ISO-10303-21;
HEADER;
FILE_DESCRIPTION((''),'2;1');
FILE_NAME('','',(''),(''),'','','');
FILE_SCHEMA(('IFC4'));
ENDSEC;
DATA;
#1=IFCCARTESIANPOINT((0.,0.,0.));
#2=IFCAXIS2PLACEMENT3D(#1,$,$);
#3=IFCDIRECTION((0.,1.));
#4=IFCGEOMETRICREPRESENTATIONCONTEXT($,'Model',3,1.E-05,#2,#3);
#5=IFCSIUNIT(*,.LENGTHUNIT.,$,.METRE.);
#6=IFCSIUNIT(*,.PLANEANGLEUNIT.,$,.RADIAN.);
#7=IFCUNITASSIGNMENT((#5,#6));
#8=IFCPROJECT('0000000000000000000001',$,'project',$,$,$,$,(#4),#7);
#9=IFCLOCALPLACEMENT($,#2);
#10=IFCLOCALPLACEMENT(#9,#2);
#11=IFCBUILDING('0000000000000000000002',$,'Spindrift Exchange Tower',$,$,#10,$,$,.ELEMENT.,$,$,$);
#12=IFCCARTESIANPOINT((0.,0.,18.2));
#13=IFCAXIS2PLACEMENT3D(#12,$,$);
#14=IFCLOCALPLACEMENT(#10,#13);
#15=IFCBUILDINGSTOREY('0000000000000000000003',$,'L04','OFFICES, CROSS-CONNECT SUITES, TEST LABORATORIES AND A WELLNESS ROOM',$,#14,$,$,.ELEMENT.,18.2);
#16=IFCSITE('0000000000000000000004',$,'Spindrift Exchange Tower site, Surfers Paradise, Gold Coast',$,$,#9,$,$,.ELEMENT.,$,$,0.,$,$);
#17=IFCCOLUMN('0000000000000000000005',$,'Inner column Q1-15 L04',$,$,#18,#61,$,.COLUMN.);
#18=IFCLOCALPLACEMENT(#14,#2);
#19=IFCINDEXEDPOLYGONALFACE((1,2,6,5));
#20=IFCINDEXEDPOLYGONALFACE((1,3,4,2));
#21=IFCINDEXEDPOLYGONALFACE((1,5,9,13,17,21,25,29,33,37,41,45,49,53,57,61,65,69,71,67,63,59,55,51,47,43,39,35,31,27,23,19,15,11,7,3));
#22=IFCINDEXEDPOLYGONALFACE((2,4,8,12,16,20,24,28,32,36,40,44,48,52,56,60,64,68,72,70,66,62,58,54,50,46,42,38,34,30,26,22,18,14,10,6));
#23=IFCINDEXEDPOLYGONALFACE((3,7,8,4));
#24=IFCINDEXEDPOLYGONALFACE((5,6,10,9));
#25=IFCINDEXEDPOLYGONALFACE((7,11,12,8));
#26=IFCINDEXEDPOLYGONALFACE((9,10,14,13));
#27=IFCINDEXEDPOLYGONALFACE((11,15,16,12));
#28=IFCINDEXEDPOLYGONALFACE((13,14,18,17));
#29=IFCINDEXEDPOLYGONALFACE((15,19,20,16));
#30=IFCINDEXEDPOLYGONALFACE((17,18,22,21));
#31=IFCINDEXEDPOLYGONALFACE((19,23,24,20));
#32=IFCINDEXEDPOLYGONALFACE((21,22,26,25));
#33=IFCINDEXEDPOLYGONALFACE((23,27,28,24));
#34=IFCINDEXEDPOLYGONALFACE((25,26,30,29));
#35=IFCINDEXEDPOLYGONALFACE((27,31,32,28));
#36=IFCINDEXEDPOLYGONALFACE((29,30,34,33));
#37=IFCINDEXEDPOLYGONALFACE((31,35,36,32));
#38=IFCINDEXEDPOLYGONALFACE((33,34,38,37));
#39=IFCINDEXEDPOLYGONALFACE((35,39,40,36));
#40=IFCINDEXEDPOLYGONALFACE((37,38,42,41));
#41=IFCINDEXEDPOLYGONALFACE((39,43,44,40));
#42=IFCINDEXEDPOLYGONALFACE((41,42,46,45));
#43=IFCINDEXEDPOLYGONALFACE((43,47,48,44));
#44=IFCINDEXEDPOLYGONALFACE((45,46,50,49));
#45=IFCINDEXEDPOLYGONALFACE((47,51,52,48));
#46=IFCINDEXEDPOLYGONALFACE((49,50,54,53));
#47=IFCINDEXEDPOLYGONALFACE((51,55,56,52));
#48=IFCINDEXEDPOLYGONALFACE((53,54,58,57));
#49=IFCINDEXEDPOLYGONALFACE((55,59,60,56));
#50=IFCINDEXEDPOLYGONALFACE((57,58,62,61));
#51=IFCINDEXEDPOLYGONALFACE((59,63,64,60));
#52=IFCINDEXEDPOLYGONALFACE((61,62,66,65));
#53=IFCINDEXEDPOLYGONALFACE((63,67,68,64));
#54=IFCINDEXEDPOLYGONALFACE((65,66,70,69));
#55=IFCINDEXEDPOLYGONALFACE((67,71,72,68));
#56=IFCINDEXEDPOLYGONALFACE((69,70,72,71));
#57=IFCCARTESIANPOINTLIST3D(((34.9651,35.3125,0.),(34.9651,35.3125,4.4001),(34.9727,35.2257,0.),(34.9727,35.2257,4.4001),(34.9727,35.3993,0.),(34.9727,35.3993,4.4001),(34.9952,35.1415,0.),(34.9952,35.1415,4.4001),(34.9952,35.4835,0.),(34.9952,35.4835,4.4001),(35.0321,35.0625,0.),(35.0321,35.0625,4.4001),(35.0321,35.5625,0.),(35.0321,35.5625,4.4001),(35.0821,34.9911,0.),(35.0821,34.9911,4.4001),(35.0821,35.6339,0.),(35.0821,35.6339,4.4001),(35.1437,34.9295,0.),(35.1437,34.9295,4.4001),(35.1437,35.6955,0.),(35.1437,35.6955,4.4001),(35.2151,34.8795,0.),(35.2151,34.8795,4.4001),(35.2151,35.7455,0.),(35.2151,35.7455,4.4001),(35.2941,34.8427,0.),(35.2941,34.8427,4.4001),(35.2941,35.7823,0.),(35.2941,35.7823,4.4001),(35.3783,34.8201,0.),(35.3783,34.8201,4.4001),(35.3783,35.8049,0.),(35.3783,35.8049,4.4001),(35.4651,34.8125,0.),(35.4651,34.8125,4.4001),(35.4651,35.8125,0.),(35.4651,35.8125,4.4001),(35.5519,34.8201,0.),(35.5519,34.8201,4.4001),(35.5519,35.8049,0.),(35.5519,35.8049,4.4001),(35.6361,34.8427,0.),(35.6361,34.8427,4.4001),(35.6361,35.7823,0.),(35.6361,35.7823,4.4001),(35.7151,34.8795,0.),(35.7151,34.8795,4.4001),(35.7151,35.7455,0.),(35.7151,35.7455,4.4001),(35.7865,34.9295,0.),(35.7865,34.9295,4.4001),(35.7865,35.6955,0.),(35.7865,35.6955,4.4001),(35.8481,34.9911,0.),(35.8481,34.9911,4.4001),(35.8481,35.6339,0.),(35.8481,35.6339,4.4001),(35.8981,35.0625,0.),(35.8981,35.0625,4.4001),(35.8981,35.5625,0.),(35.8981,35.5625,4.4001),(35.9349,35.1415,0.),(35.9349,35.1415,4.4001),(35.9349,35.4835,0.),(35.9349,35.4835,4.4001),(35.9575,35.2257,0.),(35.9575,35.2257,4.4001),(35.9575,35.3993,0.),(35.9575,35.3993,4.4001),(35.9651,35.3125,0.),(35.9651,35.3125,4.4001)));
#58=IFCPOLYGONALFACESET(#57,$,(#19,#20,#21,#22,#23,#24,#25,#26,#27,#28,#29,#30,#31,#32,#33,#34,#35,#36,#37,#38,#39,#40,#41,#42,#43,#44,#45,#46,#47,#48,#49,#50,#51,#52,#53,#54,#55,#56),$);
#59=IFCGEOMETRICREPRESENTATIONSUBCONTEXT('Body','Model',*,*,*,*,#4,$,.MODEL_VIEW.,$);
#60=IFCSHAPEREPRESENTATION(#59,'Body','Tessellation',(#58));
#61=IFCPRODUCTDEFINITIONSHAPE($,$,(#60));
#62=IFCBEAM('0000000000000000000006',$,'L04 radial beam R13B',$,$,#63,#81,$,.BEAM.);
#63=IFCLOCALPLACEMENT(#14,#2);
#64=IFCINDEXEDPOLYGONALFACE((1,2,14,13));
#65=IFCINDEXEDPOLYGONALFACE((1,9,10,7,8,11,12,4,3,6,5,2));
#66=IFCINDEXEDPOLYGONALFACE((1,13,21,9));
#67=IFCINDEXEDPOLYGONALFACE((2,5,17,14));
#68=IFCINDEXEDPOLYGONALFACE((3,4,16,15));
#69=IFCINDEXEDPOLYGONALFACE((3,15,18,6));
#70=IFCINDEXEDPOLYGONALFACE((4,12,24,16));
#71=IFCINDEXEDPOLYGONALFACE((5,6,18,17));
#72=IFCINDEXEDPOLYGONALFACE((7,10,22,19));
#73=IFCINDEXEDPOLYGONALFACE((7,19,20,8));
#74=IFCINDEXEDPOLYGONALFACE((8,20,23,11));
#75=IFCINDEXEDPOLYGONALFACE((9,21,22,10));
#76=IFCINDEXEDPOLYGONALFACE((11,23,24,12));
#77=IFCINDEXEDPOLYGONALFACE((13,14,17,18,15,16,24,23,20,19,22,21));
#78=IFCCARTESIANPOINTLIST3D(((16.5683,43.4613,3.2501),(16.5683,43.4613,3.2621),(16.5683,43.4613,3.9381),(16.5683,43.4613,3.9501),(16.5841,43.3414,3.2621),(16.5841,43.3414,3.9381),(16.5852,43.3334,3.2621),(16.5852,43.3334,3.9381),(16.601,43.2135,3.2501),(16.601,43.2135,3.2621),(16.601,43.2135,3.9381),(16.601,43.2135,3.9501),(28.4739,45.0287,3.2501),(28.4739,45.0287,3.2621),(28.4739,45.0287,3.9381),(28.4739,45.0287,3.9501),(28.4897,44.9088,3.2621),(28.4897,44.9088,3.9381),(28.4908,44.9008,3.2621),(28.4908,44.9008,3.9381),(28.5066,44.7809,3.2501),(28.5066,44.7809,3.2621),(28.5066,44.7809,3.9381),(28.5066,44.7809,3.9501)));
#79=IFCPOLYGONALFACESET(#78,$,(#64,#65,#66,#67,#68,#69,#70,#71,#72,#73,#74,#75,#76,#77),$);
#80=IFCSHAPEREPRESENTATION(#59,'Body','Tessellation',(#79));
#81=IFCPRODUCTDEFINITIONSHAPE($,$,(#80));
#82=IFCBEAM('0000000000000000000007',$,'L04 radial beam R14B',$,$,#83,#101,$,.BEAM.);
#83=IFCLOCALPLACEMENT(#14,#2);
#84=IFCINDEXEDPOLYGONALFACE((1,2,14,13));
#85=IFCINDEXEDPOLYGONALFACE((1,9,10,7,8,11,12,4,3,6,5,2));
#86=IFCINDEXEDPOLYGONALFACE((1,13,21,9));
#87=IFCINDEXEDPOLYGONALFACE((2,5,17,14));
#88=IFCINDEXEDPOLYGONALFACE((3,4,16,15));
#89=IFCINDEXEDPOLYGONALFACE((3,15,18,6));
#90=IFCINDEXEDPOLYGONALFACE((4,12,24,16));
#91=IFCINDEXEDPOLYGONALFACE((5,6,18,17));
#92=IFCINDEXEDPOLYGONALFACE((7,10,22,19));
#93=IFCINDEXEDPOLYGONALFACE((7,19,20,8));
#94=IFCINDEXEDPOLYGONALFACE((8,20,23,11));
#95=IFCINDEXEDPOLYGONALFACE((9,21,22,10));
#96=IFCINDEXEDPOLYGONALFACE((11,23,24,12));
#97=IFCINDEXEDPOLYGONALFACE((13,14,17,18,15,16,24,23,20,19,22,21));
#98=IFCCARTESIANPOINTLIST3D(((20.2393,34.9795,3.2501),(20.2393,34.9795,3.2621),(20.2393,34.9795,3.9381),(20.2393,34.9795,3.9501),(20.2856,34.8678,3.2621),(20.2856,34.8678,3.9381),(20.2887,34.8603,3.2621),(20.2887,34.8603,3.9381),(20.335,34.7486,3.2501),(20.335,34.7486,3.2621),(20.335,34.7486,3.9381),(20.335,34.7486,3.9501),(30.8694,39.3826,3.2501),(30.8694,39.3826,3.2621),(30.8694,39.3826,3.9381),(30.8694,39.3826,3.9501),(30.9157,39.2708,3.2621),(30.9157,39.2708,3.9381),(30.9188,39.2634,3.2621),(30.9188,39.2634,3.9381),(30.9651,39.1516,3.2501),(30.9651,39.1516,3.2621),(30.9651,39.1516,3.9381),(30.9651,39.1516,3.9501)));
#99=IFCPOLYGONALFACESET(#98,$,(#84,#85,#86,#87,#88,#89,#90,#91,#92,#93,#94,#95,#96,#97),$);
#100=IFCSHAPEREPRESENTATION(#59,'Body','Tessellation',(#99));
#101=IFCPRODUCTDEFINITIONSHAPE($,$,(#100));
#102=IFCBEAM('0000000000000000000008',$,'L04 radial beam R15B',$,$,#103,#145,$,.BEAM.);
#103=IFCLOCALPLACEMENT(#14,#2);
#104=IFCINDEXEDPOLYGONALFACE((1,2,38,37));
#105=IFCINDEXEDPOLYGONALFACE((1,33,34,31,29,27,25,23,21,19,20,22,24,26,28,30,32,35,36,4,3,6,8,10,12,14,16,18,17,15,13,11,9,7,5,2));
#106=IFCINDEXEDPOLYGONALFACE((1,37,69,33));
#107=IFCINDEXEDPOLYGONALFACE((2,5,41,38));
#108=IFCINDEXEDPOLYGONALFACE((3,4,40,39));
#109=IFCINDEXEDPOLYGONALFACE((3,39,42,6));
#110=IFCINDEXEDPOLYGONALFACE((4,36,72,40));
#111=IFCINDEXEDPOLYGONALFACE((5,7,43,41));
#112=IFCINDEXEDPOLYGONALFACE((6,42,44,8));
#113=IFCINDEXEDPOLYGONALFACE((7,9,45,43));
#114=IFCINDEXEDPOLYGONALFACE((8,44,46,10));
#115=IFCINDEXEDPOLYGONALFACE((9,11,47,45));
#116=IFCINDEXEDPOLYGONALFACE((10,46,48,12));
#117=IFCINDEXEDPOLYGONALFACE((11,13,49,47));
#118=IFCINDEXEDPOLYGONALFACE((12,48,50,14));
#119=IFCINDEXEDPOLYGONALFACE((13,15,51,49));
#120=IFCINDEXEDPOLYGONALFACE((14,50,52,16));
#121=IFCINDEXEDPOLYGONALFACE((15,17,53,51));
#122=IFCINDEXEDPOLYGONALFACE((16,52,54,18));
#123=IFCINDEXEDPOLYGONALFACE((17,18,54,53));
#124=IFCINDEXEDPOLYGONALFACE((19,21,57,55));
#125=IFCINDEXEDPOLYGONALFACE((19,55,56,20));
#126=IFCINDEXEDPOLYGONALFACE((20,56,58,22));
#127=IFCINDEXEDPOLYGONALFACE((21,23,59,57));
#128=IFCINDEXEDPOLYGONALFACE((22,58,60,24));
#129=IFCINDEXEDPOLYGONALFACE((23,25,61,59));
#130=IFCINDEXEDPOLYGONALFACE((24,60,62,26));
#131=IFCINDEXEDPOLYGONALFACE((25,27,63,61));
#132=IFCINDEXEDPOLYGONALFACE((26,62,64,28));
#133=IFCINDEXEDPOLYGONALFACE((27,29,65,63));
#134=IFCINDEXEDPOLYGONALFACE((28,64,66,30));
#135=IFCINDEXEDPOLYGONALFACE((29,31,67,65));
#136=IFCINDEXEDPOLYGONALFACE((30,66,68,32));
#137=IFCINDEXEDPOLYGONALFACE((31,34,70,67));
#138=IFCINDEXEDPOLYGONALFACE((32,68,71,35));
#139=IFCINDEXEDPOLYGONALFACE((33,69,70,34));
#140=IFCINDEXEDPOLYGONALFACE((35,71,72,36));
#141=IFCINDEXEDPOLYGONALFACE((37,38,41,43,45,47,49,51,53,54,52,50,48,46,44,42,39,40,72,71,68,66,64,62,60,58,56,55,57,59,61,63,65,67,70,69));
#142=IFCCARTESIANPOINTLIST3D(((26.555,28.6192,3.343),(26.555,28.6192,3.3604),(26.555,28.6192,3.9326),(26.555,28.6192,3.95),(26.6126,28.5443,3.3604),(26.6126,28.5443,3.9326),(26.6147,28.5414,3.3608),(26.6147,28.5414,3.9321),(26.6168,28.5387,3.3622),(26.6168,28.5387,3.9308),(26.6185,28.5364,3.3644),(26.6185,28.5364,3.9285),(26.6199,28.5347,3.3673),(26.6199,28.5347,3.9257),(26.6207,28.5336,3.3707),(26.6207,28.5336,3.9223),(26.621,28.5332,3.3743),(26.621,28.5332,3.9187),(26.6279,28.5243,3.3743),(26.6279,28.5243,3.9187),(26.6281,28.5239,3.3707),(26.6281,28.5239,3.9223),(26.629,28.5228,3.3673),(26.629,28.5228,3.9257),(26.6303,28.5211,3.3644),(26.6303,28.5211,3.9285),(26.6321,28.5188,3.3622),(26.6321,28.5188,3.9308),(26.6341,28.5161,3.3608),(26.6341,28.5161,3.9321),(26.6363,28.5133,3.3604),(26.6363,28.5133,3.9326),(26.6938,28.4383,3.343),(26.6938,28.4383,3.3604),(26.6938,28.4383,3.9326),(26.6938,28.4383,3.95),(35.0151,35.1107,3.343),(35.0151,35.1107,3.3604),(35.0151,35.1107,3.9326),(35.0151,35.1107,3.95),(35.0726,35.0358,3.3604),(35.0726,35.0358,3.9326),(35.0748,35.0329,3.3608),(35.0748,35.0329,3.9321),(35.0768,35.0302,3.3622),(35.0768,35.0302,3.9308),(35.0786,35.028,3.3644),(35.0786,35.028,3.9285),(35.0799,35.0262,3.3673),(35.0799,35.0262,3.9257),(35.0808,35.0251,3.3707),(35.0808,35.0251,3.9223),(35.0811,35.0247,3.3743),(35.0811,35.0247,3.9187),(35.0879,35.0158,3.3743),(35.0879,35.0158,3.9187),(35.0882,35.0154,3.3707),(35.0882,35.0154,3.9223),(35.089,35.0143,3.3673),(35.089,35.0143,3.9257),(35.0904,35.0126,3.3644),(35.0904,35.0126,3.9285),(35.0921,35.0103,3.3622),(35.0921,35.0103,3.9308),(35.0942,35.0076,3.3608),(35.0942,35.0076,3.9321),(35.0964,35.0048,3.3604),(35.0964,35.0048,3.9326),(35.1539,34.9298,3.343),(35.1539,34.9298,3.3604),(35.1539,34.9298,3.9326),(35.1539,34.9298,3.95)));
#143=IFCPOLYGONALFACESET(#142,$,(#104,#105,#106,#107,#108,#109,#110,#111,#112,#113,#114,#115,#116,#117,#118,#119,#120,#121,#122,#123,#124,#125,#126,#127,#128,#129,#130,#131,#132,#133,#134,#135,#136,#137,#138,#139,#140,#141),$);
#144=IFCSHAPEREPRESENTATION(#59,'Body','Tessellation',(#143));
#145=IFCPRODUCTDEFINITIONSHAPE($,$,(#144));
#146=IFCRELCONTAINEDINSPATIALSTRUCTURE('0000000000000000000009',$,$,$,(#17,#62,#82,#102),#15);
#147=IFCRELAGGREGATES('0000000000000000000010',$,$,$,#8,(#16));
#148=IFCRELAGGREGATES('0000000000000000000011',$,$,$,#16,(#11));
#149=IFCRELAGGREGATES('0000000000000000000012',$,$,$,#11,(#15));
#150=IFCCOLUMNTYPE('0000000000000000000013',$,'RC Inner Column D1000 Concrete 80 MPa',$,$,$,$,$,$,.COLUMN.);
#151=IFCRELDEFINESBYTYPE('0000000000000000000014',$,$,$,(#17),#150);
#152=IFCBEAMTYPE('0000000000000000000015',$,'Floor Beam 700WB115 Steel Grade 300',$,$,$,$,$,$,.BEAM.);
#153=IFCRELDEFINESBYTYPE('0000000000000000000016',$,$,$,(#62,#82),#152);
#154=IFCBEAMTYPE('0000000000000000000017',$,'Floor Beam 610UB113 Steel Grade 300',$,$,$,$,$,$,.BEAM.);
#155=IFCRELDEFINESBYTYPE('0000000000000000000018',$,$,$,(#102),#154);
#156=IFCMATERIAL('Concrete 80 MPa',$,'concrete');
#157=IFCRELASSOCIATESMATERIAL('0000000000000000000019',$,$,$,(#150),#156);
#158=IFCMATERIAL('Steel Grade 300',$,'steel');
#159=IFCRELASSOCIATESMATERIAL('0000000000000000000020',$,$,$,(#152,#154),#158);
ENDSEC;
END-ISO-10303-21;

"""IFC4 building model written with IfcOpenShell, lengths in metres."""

from ifc_helpers import new_model, si_unit, direction, frame, origin, origin_2d, place, context, subcontext, project, spatial, circle, i_section, extrude, source, transform, mapped, material, material_profile, profile_set, type_object, element, save


model = new_model("IFC4")

# Units and contexts
model_context = context("Model", 3, precision=1e-05, world=origin(), true_north=direction((0.0, 1.0)))
body_context = subcontext(model_context, "Body", "Model", "MODEL_VIEW")
ifc_project = project(units=[si_unit("LENGTHUNIT", "METRE"), si_unit("PLANEANGLEUNIT", "RADIAN")], contexts=[model_context])

# Site, building, storey
site_placement = place(None, origin())
site = spatial("IfcSite", under=ifc_project, at=site_placement, Name="Spindrift Exchange Tower site, Surfers Paradise, Gold Coast", CompositionType="ELEMENT", RefElevation=0.0)
building_placement = place(site_placement, origin())
building = spatial("IfcBuilding", under=site, at=building_placement, Name="Spindrift Exchange Tower", CompositionType="ELEMENT")
storey_placement = place(building_placement, frame((0.0, 0.0, 18.2)))
storey = spatial("IfcBuildingStorey", under=building, at=storey_placement, Name="L04", Description="OFFICES, CROSS-CONNECT SUITES, TEST LABORATORIES AND A WELLNESS ROOM", CompositionType="ELEMENT", Elevation=18.2)

# Column
ifc_material_1 = material(Name="Concrete 80 MPa", Category="concrete")
ifc_material_profile_1 = material_profile(ifc_material_1, circle(Radius=0.5, at=origin_2d()), Name="RC D1000")
ifc_profile_set_1 = profile_set([ifc_material_profile_1], Name="Concrete 80 MPa")
column_type_1 = type_object("IfcColumnType", Name="RC Inner Column D1000 Concrete 80 MPa", PredefinedType="COLUMN", material=ifc_profile_set_1)
shared_shape_1 = source(origin(), body_context, "Body", "SweptSolid", [
    extrude(circle(Radius=0.5, at=origin_2d()), origin(), (0.0, 0.0, 1.0), 4.4001),
])
for number, where, z_axis, x_axis, name in (
    (1, (35.4651, 35.3125, 0.0), (0.0, 0.0, 1.0), (1.0, 0.0, 0.0), "Inner column Q1-15 L04"),
):
    element("IfcColumn", number, at=place(storey_placement, frame(where, z_axis=z_axis, x_axis=x_axis)), inside=storey, type_object=column_type_1, Name=name, PredefinedType="COLUMN", context=body_context, shape_type="MappedRepresentation", body=[
        mapped(shared_shape_1, transform((0.0, 0.0, 0.0), scale=1.0)),
    ])

# Beams
ifc_material_2 = material(Name="Steel Grade 300", Category="steel")
ifc_material_profile_2 = material_profile(ifc_material_2, i_section(OverallWidth=0.25, OverallDepth=0.7, WebThickness=0.0081, FlangeThickness=0.012, at=origin_2d()), Name="700WB115")
ifc_profile_set_2 = profile_set([ifc_material_profile_2], Name="Steel Grade 300")
beam_type_1 = type_object("IfcBeamType", Name="Floor Beam 700WB115 Steel Grade 300", PredefinedType="BEAM", material=ifc_profile_set_2)
shared_shape_2 = source(origin(), body_context, "Body", "SweptSolid", [
    extrude(i_section(OverallWidth=0.25, OverallDepth=0.7, WebThickness=0.0081, FlangeThickness=0.012, at=origin_2d()), origin(), (0.0, 0.0, 1.0), 12.0083),
])
beam_1_placement = place(storey_placement, frame((28.4902, 44.9048, 3.6001), z_axis=(-0.991445, -0.130526, 0.0), x_axis=(0.130526, -0.991445, 0.0)))
element("IfcBeam", 2, at=beam_1_placement, inside=storey, type_object=beam_type_1, Name="L04 radial beam R13B", PredefinedType="BEAM", context=body_context, shape_type="MappedRepresentation", body=[
    mapped(shared_shape_2, transform((0.0, 0.0, 0.0), scale=1.0)),
])
shared_shape_3 = source(origin(), body_context, "Body", "SweptSolid", [
    extrude(i_section(OverallWidth=0.25, OverallDepth=0.7, WebThickness=0.0081, FlangeThickness=0.012, at=origin_2d()), origin(), (0.0, 0.0, 1.0), 11.5059),
])
beam_2_placement = place(storey_placement, frame((30.9172, 39.2671, 3.6001), z_axis=(-0.923882, -0.382678, 0.0), x_axis=(0.382678, -0.923882, 0.0)))
element("IfcBeam", 3, at=beam_2_placement, inside=storey, type_object=beam_type_1, Name="L04 radial beam R14B", PredefinedType="BEAM", context=body_context, shape_type="MappedRepresentation", body=[
    mapped(shared_shape_3, transform((0.0, 0.0, 0.0), scale=1.0)),
])
ifc_material_profile_3 = material_profile(ifc_material_2, i_section(OverallWidth=0.228, OverallDepth=0.6069, WebThickness=0.0112, FlangeThickness=0.0173, FilletRadius=0.0139, at=origin_2d()), Name="610UB113")
ifc_profile_set_3 = profile_set([ifc_material_profile_3], Name="Steel Grade 300")
beam_type_2 = type_object("IfcBeamType", Name="Floor Beam 610UB113 Steel Grade 300", PredefinedType="BEAM", material=ifc_profile_set_3)
shared_shape_4 = source(origin(), body_context, "Body", "SweptSolid", [
    extrude(i_section(OverallWidth=0.228, OverallDepth=0.6069, WebThickness=0.0112, FlangeThickness=0.0173, FilletRadius=0.0139, at=origin_2d()), origin(), (0.0, 0.0, 1.0), 10.6636),
])
beam_3_placement = place(storey_placement, frame((35.0845, 35.0203, 3.6465), z_axis=(-0.793358, -0.608755, 0.0), x_axis=(0.608755, -0.793358, 0.0)))
element("IfcBeam", 4, at=beam_3_placement, inside=storey, type_object=beam_type_2, Name="L04 radial beam R15B", PredefinedType="BEAM", context=body_context, shape_type="MappedRepresentation", body=[
    mapped(shared_shape_4, transform((0.0, 0.0, 0.0), scale=1.0)),
])

save(model, "model.ifc")
